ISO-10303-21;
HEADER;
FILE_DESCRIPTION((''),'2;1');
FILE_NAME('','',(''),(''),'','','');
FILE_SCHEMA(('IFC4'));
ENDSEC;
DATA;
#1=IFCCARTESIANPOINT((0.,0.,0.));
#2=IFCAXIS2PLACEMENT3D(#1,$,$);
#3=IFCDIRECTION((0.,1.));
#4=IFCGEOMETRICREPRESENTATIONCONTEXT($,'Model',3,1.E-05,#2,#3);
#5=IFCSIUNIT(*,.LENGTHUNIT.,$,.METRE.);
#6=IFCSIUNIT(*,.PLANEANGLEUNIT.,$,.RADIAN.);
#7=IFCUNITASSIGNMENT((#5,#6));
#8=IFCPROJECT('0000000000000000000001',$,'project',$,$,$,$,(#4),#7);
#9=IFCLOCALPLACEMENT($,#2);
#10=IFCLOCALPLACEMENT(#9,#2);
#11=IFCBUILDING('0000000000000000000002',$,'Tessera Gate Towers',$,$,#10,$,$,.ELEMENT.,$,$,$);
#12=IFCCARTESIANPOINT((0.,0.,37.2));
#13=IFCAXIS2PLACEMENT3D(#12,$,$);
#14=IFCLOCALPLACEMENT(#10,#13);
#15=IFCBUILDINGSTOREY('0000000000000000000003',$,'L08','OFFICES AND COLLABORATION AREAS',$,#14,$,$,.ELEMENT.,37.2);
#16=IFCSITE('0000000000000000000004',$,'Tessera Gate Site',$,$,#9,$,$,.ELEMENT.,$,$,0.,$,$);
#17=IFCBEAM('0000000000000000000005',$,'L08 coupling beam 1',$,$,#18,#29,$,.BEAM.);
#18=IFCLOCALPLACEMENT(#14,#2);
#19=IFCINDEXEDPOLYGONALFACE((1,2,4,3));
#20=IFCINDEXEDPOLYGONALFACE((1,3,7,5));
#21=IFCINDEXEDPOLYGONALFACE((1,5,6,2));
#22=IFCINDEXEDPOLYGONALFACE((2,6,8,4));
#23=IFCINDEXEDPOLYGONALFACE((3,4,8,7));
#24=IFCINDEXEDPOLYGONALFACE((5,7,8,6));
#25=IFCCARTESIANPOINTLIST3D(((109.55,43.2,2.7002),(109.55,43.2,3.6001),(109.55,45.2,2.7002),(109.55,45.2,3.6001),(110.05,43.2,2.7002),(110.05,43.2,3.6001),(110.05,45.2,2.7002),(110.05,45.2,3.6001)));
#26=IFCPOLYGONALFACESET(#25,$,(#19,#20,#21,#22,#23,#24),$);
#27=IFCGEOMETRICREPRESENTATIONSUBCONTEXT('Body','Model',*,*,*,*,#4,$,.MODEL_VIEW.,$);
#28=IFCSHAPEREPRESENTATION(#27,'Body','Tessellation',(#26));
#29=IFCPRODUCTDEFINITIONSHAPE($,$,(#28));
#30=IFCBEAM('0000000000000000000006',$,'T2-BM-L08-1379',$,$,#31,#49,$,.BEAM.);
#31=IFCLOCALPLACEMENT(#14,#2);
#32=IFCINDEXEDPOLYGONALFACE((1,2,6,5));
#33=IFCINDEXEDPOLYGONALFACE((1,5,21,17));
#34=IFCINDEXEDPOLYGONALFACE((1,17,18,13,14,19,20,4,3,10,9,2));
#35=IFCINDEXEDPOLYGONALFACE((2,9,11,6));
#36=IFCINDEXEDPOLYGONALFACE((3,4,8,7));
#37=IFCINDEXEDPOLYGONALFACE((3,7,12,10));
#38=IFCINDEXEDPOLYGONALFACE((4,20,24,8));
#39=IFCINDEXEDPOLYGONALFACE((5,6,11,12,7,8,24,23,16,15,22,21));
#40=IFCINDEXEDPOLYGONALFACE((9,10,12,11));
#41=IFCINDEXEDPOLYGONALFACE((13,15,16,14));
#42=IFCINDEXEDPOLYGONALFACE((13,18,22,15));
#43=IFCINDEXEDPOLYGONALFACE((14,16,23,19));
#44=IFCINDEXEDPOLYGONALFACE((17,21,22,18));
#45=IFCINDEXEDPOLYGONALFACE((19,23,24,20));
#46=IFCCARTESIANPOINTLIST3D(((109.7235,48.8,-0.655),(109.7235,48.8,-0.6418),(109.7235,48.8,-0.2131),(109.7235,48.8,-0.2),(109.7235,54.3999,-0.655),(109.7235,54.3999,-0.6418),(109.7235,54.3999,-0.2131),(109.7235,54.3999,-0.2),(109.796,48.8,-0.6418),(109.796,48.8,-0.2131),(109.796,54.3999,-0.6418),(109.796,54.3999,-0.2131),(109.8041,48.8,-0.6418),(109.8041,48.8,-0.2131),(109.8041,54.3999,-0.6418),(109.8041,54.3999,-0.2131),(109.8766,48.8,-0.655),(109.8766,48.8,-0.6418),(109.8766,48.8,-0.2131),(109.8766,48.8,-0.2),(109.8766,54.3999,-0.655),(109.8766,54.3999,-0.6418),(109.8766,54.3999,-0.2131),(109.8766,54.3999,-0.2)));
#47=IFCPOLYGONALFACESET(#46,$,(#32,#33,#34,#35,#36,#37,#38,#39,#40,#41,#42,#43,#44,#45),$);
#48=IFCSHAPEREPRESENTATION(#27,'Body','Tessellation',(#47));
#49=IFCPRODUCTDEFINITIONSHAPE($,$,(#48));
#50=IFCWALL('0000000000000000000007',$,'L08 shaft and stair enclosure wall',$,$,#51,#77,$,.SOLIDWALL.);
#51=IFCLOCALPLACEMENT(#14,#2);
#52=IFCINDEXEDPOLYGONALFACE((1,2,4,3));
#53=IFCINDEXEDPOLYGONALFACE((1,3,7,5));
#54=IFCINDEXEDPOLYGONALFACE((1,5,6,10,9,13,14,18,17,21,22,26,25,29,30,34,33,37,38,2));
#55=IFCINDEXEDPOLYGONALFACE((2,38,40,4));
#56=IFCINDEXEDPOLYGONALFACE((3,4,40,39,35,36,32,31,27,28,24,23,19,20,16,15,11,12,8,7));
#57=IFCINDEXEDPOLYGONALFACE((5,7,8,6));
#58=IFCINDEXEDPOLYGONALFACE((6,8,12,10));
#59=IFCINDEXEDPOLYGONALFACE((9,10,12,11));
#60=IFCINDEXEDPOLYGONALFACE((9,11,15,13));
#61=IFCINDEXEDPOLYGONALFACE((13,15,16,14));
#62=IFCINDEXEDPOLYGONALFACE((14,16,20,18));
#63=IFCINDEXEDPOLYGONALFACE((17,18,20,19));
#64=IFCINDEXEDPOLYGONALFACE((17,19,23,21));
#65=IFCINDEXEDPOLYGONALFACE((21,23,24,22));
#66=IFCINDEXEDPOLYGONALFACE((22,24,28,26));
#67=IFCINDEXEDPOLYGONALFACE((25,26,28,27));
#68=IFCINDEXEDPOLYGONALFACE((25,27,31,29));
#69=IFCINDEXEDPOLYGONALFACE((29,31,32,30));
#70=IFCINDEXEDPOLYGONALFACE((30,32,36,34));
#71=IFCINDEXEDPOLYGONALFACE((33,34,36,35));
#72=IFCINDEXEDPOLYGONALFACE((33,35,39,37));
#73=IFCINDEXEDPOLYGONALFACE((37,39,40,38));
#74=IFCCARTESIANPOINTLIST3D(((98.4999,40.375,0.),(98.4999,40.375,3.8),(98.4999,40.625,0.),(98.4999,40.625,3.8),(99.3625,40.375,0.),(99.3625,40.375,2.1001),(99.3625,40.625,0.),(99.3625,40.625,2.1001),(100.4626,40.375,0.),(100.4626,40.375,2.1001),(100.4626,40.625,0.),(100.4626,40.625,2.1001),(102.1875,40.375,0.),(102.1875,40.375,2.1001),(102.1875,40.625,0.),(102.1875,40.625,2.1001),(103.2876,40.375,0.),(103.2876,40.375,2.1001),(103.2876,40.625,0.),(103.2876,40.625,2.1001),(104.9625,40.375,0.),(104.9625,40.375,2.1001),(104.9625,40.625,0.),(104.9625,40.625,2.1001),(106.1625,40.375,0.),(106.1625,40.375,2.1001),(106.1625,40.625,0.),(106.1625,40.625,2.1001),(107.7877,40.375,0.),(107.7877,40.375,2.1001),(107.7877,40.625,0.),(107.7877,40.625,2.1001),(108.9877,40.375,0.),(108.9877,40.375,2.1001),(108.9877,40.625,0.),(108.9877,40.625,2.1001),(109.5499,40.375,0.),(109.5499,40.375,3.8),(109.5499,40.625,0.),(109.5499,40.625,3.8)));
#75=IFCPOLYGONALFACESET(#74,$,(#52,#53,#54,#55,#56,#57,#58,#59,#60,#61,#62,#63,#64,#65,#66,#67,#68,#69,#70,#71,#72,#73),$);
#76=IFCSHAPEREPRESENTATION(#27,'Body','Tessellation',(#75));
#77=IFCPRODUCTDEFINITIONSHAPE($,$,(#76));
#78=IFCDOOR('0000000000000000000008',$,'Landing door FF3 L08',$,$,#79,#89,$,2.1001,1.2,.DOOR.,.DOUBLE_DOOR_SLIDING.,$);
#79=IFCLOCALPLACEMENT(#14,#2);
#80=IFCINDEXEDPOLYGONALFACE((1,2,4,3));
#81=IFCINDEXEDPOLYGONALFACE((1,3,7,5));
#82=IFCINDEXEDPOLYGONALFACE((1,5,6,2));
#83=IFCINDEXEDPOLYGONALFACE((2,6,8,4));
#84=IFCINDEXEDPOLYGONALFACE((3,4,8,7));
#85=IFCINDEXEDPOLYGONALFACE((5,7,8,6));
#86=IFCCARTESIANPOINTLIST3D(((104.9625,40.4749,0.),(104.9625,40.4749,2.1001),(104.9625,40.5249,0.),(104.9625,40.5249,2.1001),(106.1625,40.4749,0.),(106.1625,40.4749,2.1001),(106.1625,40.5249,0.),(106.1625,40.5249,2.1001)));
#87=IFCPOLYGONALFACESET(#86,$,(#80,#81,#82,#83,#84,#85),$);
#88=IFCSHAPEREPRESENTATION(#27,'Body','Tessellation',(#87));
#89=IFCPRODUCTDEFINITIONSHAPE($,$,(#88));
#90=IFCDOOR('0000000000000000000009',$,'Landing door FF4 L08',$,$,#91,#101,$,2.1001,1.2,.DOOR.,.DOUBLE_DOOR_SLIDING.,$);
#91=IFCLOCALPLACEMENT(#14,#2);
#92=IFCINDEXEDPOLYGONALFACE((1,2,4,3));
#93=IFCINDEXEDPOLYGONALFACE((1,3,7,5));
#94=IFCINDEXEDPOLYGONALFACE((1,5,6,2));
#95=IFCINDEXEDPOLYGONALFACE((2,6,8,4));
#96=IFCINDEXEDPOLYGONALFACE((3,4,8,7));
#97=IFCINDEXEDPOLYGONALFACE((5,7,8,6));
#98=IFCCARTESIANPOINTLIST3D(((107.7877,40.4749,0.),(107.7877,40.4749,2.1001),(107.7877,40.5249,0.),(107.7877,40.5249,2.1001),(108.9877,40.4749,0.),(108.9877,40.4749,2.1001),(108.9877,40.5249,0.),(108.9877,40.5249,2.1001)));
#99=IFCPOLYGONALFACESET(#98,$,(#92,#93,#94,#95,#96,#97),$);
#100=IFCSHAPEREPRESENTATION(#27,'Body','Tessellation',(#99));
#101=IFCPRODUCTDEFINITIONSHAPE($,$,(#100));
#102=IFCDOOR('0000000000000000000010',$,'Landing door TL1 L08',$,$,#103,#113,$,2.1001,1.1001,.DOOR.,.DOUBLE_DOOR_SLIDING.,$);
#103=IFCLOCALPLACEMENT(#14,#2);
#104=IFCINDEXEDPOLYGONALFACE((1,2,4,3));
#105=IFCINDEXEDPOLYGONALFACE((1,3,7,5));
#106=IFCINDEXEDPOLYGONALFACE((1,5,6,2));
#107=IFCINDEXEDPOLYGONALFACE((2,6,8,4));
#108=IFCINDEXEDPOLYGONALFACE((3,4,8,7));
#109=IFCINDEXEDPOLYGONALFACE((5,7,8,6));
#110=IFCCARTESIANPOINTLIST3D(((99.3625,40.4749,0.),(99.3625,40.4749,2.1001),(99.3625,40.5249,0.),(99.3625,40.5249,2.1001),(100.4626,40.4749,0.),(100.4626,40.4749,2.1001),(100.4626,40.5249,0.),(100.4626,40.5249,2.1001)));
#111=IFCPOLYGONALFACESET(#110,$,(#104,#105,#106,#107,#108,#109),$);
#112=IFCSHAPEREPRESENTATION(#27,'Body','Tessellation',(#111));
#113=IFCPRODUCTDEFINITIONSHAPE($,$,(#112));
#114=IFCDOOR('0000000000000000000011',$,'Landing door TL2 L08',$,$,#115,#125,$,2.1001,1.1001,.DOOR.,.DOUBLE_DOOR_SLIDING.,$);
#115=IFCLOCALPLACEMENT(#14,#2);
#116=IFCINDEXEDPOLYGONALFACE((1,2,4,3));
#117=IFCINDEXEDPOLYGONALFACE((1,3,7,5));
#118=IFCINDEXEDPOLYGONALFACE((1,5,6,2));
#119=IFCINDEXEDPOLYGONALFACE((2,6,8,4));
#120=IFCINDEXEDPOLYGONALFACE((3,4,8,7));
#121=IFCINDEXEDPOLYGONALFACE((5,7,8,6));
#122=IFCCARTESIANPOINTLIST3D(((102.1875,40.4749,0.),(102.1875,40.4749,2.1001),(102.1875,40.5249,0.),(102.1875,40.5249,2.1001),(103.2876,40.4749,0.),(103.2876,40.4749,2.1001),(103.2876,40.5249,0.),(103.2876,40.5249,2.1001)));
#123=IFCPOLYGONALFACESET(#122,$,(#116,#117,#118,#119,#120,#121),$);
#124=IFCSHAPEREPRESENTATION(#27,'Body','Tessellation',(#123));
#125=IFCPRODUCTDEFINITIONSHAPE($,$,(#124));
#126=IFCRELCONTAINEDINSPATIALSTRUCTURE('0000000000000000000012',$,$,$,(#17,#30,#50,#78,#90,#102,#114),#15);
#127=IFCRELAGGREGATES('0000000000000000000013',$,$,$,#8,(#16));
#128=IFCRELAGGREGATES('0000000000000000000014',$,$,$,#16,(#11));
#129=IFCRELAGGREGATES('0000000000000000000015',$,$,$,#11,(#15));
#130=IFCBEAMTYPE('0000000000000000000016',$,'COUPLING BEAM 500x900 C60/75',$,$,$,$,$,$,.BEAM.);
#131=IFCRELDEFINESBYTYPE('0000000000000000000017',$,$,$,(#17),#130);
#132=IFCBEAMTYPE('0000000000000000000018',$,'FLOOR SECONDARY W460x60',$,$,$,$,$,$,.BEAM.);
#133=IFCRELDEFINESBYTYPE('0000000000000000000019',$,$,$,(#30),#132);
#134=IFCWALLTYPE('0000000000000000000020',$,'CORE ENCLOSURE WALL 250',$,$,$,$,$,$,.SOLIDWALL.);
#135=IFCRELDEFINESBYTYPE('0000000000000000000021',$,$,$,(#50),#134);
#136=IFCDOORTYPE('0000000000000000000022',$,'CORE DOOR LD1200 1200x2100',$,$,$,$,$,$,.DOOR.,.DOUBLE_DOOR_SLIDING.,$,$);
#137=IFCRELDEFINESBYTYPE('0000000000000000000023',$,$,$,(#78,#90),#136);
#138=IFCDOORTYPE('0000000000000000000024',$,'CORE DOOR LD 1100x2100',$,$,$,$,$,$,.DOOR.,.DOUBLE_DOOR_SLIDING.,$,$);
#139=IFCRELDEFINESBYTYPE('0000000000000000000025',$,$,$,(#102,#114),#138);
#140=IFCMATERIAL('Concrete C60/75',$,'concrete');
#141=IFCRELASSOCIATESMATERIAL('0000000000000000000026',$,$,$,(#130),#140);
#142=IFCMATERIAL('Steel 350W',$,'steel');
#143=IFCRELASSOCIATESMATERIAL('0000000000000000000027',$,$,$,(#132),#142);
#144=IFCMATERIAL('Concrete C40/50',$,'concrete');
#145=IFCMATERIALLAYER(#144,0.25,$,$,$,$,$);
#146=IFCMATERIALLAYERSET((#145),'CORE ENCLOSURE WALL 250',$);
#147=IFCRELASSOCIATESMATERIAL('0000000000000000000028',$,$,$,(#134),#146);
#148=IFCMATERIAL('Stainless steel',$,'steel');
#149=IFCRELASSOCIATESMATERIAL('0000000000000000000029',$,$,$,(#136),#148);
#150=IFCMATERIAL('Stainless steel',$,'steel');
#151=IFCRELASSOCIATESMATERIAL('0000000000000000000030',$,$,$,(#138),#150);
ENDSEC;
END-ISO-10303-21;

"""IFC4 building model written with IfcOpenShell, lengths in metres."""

from ifc_helpers import new_model, si_unit, direction, frame, frame_2d, origin, origin_2d, place, context, subcontext, project, spatial, rectangle, i_section, extrude, source, transform, mapped, material, layer, layer_set, material_profile, profile_set, type_object, element, fill, save


model = new_model("IFC4")

# Units and contexts
model_context = context("Model", 3, precision=1e-05, world=origin(), true_north=direction((0.0, 1.0)))
body_context = subcontext(model_context, "Body", "Model", "MODEL_VIEW")
ifc_project = project(units=[si_unit("LENGTHUNIT", "METRE"), si_unit("PLANEANGLEUNIT", "RADIAN")], contexts=[model_context])

# Site, building, storey
site_placement = place(None, origin())
site = spatial("IfcSite", under=ifc_project, at=site_placement, Name="Tessera Gate Site", CompositionType="ELEMENT", RefElevation=0.0)
building_placement = place(site_placement, origin())
building = spatial("IfcBuilding", under=site, at=building_placement, Name="Tessera Gate Towers", CompositionType="ELEMENT")
storey_placement = place(building_placement, frame((0.0, 0.0, 37.2)))
storey = spatial("IfcBuildingStorey", under=building, at=storey_placement, Name="L08", Description="OFFICES AND COLLABORATION AREAS", CompositionType="ELEMENT", Elevation=37.2)

# Beams
ifc_material_1 = material(Name="Concrete C60/75", Category="concrete")
ifc_material_profile_1 = material_profile(ifc_material_1, rectangle(XDim=0.5, YDim=0.8999, at=origin_2d()), Name="RC 500x900")
ifc_profile_set_1 = profile_set([ifc_material_profile_1], Name="Concrete C60/75")
beam_type_1 = type_object("IfcBeamType", Name="COUPLING BEAM 500x900 C60/75", PredefinedType="BEAM", material=ifc_profile_set_1)
beam_1_placement = place(storey_placement, frame((109.8, 43.2, 3.1501), z_axis=(0.0, 1.0, 0.0), x_axis=(-1.0, 0.0, 0.0)))
element("IfcBeam", 1, at=beam_1_placement, inside=storey, type_object=beam_type_1, Name="L08 coupling beam 1", PredefinedType="BEAM", context=body_context, shape_type="SweptSolid", body=[
    extrude(rectangle(XDim=0.5, YDim=0.8999, at=origin_2d()), origin(), (0.0, 0.0, 1.0), 2.0),
])
ifc_material_2 = material(Name="Steel 350W", Category="steel")
ifc_material_profile_2 = material_profile(ifc_material_2, i_section(OverallWidth=0.1531, OverallDepth=0.4551, WebThickness=0.0081, FlangeThickness=0.0132, at=origin_2d()), Name="W460x60")
ifc_profile_set_2 = profile_set([ifc_material_profile_2], Name="Steel 350W")
beam_type_2 = type_object("IfcBeamType", Name="FLOOR SECONDARY W460x60", PredefinedType="BEAM", material=ifc_profile_set_2)
beam_2_placement = place(storey_placement, frame((109.8, 48.8, -0.4275), z_axis=(0.0, 1.0, 0.0), x_axis=(-1.0, 0.0, 0.0)))
element("IfcBeam", 2, at=beam_2_placement, inside=storey, type_object=beam_type_2, Name="T2-BM-L08-1379", PredefinedType="BEAM", context=body_context, shape_type="SweptSolid", body=[
    extrude(i_section(OverallWidth=0.1531, OverallDepth=0.4551, WebThickness=0.0081, FlangeThickness=0.0132, at=origin_2d()), origin(), (0.0, 0.0, 1.0), 5.5999),
])

# Wall, openings, doors
ifc_material_3 = material(Name="Concrete C40/50", Category="concrete")
ifc_layer_1 = layer(ifc_material_3, 0.25)
ifc_layer_set_1 = layer_set([ifc_layer_1], Name="CORE ENCLOSURE WALL 250")
wall_type_1 = type_object("IfcWallType", Name="CORE ENCLOSURE WALL 250", PredefinedType="SOLIDWALL", material=ifc_layer_set_1)
wall_1_placement = place(storey_placement, frame((98.5, 40.5, 0.0), z_axis=(0.0, 0.0, 1.0), x_axis=(1.0, 0.0, 0.0)))
wall_1 = element("IfcWall", 3, at=wall_1_placement, inside=storey, type_object=wall_type_1, Name="L08 shaft and stair enclosure wall", PredefinedType="SOLIDWALL", context=body_context, shape_type="SweptSolid", body=[
    extrude(rectangle(XDim=11.05, YDim=0.25, at=frame_2d((5.5249, 0.0))), origin(), (0.0, 0.0, 1.0), 3.8),
])
shared_shape_1 = source(origin(), body_context, "Body", "SweptSolid", [
    extrude(rectangle(XDim=1.1001, YDim=2.1001, at=frame_2d((0.55, 1.05))), frame((0.0, 0.135, 0.0), z_axis=(0.0, -1.0, 0.0), x_axis=(1.0, 0.0, 0.0)), (0.0, 0.0, 1.0), 0.27),
])
opening_1_placement = place(wall_1_placement, frame((0.8625, 0.0, 0.0)))
opening_1 = element("IfcOpeningElement", 4, at=opening_1_placement, cuts=wall_1, PredefinedType="OPENING", context=body_context, shape_type="MappedRepresentation", body=[
    mapped(shared_shape_1, transform((0.0, 0.0, 0.0), scale=1.0)),
])
opening_2_placement = place(wall_1_placement, frame((3.6875, 0.0, 0.0)))
opening_2 = element("IfcOpeningElement", 5, at=opening_2_placement, cuts=wall_1, PredefinedType="OPENING", context=body_context, shape_type="MappedRepresentation", body=[
    mapped(shared_shape_1, transform((0.0, 0.0, 0.0), scale=1.0)),
])
shared_shape_2 = source(origin(), body_context, "Body", "SweptSolid", [
    extrude(rectangle(XDim=1.2, YDim=2.1001, at=frame_2d((0.6001, 1.05))), frame((0.0, 0.135, 0.0), z_axis=(0.0, -1.0, 0.0), x_axis=(1.0, 0.0, 0.0)), (0.0, 0.0, 1.0), 0.27),
])
opening_3_placement = place(wall_1_placement, frame((6.4624, 0.0, 0.0)))
opening_3 = element("IfcOpeningElement", 6, at=opening_3_placement, cuts=wall_1, PredefinedType="OPENING", context=body_context, shape_type="MappedRepresentation", body=[
    mapped(shared_shape_2, transform((0.0, 0.0, 0.0), scale=1.0)),
])
opening_4_placement = place(wall_1_placement, frame((9.2876, 0.0, 0.0)))
opening_4 = element("IfcOpeningElement", 7, at=opening_4_placement, cuts=wall_1, PredefinedType="OPENING", context=body_context, shape_type="MappedRepresentation", body=[
    mapped(shared_shape_2, transform((0.0, 0.0, 0.0), scale=1.0)),
])
ifc_material_4 = material(Name="Stainless steel", Category="steel")
door_type_1 = type_object("IfcDoorType", Name="CORE DOOR LD1200 1200x2100", OperationType="DOUBLE_DOOR_SLIDING", PredefinedType="DOOR", material=ifc_material_4)
shared_shape_3 = source(origin(), body_context, "Body", "SweptSolid", [
    extrude(rectangle(XDim=1.2, YDim=2.1001, at=frame_2d((0.6001, 1.05))), frame((0.0, 0.0249, 0.0), z_axis=(0.0, -1.0, 0.0), x_axis=(1.0, 0.0, 0.0)), (0.0, 0.0, 1.0), 0.05),
])
door_1_placement = place(opening_3_placement, origin())
door_1 = element("IfcDoor", 8, at=door_1_placement, inside=storey, type_object=door_type_1, Name="Landing door FF3 L08", OperationType="DOUBLE_DOOR_SLIDING", OverallHeight=2.1001, OverallWidth=1.2, PredefinedType="DOOR", context=body_context, shape_type="MappedRepresentation", body=[
    mapped(shared_shape_3, transform((0.0, 0.0, 0.0), scale=1.0)),
])
fill(opening_3, door_1)
door_2_placement = place(opening_4_placement, origin())
door_2 = element("IfcDoor", 9, at=door_2_placement, inside=storey, type_object=door_type_1, Name="Landing door FF4 L08", OperationType="DOUBLE_DOOR_SLIDING", OverallHeight=2.1001, OverallWidth=1.2, PredefinedType="DOOR", context=body_context, shape_type="MappedRepresentation", body=[
    mapped(shared_shape_3, transform((0.0, 0.0, 0.0), scale=1.0)),
])
fill(opening_4, door_2)
ifc_material_5 = material(Name="Stainless steel", Category="steel")
door_type_2 = type_object("IfcDoorType", Name="CORE DOOR LD 1100x2100", OperationType="DOUBLE_DOOR_SLIDING", PredefinedType="DOOR", material=ifc_material_5)
shared_shape_4 = source(origin(), body_context, "Body", "SweptSolid", [
    extrude(rectangle(XDim=1.1001, YDim=2.1001, at=frame_2d((0.55, 1.05))), frame((0.0, 0.0249, 0.0), z_axis=(0.0, -1.0, 0.0), x_axis=(1.0, 0.0, 0.0)), (0.0, 0.0, 1.0), 0.05),
])
door_3_placement = place(opening_1_placement, origin())
door_3 = element("IfcDoor", 10, at=door_3_placement, inside=storey, type_object=door_type_2, Name="Landing door TL1 L08", OperationType="DOUBLE_DOOR_SLIDING", OverallHeight=2.1001, OverallWidth=1.1001, PredefinedType="DOOR", context=body_context, shape_type="MappedRepresentation", body=[
    mapped(shared_shape_4, transform((0.0, 0.0, 0.0), scale=1.0)),
])
fill(opening_1, door_3)
door_4_placement = place(opening_2_placement, origin())
door_4 = element("IfcDoor", 11, at=door_4_placement, inside=storey, type_object=door_type_2, Name="Landing door TL2 L08", OperationType="DOUBLE_DOOR_SLIDING", OverallHeight=2.1001, OverallWidth=1.1001, PredefinedType="DOOR", context=body_context, shape_type="MappedRepresentation", body=[
    mapped(shared_shape_4, transform((0.0, 0.0, 0.0), scale=1.0)),
])
fill(opening_2, door_4)

save(model, "model.ifc")
